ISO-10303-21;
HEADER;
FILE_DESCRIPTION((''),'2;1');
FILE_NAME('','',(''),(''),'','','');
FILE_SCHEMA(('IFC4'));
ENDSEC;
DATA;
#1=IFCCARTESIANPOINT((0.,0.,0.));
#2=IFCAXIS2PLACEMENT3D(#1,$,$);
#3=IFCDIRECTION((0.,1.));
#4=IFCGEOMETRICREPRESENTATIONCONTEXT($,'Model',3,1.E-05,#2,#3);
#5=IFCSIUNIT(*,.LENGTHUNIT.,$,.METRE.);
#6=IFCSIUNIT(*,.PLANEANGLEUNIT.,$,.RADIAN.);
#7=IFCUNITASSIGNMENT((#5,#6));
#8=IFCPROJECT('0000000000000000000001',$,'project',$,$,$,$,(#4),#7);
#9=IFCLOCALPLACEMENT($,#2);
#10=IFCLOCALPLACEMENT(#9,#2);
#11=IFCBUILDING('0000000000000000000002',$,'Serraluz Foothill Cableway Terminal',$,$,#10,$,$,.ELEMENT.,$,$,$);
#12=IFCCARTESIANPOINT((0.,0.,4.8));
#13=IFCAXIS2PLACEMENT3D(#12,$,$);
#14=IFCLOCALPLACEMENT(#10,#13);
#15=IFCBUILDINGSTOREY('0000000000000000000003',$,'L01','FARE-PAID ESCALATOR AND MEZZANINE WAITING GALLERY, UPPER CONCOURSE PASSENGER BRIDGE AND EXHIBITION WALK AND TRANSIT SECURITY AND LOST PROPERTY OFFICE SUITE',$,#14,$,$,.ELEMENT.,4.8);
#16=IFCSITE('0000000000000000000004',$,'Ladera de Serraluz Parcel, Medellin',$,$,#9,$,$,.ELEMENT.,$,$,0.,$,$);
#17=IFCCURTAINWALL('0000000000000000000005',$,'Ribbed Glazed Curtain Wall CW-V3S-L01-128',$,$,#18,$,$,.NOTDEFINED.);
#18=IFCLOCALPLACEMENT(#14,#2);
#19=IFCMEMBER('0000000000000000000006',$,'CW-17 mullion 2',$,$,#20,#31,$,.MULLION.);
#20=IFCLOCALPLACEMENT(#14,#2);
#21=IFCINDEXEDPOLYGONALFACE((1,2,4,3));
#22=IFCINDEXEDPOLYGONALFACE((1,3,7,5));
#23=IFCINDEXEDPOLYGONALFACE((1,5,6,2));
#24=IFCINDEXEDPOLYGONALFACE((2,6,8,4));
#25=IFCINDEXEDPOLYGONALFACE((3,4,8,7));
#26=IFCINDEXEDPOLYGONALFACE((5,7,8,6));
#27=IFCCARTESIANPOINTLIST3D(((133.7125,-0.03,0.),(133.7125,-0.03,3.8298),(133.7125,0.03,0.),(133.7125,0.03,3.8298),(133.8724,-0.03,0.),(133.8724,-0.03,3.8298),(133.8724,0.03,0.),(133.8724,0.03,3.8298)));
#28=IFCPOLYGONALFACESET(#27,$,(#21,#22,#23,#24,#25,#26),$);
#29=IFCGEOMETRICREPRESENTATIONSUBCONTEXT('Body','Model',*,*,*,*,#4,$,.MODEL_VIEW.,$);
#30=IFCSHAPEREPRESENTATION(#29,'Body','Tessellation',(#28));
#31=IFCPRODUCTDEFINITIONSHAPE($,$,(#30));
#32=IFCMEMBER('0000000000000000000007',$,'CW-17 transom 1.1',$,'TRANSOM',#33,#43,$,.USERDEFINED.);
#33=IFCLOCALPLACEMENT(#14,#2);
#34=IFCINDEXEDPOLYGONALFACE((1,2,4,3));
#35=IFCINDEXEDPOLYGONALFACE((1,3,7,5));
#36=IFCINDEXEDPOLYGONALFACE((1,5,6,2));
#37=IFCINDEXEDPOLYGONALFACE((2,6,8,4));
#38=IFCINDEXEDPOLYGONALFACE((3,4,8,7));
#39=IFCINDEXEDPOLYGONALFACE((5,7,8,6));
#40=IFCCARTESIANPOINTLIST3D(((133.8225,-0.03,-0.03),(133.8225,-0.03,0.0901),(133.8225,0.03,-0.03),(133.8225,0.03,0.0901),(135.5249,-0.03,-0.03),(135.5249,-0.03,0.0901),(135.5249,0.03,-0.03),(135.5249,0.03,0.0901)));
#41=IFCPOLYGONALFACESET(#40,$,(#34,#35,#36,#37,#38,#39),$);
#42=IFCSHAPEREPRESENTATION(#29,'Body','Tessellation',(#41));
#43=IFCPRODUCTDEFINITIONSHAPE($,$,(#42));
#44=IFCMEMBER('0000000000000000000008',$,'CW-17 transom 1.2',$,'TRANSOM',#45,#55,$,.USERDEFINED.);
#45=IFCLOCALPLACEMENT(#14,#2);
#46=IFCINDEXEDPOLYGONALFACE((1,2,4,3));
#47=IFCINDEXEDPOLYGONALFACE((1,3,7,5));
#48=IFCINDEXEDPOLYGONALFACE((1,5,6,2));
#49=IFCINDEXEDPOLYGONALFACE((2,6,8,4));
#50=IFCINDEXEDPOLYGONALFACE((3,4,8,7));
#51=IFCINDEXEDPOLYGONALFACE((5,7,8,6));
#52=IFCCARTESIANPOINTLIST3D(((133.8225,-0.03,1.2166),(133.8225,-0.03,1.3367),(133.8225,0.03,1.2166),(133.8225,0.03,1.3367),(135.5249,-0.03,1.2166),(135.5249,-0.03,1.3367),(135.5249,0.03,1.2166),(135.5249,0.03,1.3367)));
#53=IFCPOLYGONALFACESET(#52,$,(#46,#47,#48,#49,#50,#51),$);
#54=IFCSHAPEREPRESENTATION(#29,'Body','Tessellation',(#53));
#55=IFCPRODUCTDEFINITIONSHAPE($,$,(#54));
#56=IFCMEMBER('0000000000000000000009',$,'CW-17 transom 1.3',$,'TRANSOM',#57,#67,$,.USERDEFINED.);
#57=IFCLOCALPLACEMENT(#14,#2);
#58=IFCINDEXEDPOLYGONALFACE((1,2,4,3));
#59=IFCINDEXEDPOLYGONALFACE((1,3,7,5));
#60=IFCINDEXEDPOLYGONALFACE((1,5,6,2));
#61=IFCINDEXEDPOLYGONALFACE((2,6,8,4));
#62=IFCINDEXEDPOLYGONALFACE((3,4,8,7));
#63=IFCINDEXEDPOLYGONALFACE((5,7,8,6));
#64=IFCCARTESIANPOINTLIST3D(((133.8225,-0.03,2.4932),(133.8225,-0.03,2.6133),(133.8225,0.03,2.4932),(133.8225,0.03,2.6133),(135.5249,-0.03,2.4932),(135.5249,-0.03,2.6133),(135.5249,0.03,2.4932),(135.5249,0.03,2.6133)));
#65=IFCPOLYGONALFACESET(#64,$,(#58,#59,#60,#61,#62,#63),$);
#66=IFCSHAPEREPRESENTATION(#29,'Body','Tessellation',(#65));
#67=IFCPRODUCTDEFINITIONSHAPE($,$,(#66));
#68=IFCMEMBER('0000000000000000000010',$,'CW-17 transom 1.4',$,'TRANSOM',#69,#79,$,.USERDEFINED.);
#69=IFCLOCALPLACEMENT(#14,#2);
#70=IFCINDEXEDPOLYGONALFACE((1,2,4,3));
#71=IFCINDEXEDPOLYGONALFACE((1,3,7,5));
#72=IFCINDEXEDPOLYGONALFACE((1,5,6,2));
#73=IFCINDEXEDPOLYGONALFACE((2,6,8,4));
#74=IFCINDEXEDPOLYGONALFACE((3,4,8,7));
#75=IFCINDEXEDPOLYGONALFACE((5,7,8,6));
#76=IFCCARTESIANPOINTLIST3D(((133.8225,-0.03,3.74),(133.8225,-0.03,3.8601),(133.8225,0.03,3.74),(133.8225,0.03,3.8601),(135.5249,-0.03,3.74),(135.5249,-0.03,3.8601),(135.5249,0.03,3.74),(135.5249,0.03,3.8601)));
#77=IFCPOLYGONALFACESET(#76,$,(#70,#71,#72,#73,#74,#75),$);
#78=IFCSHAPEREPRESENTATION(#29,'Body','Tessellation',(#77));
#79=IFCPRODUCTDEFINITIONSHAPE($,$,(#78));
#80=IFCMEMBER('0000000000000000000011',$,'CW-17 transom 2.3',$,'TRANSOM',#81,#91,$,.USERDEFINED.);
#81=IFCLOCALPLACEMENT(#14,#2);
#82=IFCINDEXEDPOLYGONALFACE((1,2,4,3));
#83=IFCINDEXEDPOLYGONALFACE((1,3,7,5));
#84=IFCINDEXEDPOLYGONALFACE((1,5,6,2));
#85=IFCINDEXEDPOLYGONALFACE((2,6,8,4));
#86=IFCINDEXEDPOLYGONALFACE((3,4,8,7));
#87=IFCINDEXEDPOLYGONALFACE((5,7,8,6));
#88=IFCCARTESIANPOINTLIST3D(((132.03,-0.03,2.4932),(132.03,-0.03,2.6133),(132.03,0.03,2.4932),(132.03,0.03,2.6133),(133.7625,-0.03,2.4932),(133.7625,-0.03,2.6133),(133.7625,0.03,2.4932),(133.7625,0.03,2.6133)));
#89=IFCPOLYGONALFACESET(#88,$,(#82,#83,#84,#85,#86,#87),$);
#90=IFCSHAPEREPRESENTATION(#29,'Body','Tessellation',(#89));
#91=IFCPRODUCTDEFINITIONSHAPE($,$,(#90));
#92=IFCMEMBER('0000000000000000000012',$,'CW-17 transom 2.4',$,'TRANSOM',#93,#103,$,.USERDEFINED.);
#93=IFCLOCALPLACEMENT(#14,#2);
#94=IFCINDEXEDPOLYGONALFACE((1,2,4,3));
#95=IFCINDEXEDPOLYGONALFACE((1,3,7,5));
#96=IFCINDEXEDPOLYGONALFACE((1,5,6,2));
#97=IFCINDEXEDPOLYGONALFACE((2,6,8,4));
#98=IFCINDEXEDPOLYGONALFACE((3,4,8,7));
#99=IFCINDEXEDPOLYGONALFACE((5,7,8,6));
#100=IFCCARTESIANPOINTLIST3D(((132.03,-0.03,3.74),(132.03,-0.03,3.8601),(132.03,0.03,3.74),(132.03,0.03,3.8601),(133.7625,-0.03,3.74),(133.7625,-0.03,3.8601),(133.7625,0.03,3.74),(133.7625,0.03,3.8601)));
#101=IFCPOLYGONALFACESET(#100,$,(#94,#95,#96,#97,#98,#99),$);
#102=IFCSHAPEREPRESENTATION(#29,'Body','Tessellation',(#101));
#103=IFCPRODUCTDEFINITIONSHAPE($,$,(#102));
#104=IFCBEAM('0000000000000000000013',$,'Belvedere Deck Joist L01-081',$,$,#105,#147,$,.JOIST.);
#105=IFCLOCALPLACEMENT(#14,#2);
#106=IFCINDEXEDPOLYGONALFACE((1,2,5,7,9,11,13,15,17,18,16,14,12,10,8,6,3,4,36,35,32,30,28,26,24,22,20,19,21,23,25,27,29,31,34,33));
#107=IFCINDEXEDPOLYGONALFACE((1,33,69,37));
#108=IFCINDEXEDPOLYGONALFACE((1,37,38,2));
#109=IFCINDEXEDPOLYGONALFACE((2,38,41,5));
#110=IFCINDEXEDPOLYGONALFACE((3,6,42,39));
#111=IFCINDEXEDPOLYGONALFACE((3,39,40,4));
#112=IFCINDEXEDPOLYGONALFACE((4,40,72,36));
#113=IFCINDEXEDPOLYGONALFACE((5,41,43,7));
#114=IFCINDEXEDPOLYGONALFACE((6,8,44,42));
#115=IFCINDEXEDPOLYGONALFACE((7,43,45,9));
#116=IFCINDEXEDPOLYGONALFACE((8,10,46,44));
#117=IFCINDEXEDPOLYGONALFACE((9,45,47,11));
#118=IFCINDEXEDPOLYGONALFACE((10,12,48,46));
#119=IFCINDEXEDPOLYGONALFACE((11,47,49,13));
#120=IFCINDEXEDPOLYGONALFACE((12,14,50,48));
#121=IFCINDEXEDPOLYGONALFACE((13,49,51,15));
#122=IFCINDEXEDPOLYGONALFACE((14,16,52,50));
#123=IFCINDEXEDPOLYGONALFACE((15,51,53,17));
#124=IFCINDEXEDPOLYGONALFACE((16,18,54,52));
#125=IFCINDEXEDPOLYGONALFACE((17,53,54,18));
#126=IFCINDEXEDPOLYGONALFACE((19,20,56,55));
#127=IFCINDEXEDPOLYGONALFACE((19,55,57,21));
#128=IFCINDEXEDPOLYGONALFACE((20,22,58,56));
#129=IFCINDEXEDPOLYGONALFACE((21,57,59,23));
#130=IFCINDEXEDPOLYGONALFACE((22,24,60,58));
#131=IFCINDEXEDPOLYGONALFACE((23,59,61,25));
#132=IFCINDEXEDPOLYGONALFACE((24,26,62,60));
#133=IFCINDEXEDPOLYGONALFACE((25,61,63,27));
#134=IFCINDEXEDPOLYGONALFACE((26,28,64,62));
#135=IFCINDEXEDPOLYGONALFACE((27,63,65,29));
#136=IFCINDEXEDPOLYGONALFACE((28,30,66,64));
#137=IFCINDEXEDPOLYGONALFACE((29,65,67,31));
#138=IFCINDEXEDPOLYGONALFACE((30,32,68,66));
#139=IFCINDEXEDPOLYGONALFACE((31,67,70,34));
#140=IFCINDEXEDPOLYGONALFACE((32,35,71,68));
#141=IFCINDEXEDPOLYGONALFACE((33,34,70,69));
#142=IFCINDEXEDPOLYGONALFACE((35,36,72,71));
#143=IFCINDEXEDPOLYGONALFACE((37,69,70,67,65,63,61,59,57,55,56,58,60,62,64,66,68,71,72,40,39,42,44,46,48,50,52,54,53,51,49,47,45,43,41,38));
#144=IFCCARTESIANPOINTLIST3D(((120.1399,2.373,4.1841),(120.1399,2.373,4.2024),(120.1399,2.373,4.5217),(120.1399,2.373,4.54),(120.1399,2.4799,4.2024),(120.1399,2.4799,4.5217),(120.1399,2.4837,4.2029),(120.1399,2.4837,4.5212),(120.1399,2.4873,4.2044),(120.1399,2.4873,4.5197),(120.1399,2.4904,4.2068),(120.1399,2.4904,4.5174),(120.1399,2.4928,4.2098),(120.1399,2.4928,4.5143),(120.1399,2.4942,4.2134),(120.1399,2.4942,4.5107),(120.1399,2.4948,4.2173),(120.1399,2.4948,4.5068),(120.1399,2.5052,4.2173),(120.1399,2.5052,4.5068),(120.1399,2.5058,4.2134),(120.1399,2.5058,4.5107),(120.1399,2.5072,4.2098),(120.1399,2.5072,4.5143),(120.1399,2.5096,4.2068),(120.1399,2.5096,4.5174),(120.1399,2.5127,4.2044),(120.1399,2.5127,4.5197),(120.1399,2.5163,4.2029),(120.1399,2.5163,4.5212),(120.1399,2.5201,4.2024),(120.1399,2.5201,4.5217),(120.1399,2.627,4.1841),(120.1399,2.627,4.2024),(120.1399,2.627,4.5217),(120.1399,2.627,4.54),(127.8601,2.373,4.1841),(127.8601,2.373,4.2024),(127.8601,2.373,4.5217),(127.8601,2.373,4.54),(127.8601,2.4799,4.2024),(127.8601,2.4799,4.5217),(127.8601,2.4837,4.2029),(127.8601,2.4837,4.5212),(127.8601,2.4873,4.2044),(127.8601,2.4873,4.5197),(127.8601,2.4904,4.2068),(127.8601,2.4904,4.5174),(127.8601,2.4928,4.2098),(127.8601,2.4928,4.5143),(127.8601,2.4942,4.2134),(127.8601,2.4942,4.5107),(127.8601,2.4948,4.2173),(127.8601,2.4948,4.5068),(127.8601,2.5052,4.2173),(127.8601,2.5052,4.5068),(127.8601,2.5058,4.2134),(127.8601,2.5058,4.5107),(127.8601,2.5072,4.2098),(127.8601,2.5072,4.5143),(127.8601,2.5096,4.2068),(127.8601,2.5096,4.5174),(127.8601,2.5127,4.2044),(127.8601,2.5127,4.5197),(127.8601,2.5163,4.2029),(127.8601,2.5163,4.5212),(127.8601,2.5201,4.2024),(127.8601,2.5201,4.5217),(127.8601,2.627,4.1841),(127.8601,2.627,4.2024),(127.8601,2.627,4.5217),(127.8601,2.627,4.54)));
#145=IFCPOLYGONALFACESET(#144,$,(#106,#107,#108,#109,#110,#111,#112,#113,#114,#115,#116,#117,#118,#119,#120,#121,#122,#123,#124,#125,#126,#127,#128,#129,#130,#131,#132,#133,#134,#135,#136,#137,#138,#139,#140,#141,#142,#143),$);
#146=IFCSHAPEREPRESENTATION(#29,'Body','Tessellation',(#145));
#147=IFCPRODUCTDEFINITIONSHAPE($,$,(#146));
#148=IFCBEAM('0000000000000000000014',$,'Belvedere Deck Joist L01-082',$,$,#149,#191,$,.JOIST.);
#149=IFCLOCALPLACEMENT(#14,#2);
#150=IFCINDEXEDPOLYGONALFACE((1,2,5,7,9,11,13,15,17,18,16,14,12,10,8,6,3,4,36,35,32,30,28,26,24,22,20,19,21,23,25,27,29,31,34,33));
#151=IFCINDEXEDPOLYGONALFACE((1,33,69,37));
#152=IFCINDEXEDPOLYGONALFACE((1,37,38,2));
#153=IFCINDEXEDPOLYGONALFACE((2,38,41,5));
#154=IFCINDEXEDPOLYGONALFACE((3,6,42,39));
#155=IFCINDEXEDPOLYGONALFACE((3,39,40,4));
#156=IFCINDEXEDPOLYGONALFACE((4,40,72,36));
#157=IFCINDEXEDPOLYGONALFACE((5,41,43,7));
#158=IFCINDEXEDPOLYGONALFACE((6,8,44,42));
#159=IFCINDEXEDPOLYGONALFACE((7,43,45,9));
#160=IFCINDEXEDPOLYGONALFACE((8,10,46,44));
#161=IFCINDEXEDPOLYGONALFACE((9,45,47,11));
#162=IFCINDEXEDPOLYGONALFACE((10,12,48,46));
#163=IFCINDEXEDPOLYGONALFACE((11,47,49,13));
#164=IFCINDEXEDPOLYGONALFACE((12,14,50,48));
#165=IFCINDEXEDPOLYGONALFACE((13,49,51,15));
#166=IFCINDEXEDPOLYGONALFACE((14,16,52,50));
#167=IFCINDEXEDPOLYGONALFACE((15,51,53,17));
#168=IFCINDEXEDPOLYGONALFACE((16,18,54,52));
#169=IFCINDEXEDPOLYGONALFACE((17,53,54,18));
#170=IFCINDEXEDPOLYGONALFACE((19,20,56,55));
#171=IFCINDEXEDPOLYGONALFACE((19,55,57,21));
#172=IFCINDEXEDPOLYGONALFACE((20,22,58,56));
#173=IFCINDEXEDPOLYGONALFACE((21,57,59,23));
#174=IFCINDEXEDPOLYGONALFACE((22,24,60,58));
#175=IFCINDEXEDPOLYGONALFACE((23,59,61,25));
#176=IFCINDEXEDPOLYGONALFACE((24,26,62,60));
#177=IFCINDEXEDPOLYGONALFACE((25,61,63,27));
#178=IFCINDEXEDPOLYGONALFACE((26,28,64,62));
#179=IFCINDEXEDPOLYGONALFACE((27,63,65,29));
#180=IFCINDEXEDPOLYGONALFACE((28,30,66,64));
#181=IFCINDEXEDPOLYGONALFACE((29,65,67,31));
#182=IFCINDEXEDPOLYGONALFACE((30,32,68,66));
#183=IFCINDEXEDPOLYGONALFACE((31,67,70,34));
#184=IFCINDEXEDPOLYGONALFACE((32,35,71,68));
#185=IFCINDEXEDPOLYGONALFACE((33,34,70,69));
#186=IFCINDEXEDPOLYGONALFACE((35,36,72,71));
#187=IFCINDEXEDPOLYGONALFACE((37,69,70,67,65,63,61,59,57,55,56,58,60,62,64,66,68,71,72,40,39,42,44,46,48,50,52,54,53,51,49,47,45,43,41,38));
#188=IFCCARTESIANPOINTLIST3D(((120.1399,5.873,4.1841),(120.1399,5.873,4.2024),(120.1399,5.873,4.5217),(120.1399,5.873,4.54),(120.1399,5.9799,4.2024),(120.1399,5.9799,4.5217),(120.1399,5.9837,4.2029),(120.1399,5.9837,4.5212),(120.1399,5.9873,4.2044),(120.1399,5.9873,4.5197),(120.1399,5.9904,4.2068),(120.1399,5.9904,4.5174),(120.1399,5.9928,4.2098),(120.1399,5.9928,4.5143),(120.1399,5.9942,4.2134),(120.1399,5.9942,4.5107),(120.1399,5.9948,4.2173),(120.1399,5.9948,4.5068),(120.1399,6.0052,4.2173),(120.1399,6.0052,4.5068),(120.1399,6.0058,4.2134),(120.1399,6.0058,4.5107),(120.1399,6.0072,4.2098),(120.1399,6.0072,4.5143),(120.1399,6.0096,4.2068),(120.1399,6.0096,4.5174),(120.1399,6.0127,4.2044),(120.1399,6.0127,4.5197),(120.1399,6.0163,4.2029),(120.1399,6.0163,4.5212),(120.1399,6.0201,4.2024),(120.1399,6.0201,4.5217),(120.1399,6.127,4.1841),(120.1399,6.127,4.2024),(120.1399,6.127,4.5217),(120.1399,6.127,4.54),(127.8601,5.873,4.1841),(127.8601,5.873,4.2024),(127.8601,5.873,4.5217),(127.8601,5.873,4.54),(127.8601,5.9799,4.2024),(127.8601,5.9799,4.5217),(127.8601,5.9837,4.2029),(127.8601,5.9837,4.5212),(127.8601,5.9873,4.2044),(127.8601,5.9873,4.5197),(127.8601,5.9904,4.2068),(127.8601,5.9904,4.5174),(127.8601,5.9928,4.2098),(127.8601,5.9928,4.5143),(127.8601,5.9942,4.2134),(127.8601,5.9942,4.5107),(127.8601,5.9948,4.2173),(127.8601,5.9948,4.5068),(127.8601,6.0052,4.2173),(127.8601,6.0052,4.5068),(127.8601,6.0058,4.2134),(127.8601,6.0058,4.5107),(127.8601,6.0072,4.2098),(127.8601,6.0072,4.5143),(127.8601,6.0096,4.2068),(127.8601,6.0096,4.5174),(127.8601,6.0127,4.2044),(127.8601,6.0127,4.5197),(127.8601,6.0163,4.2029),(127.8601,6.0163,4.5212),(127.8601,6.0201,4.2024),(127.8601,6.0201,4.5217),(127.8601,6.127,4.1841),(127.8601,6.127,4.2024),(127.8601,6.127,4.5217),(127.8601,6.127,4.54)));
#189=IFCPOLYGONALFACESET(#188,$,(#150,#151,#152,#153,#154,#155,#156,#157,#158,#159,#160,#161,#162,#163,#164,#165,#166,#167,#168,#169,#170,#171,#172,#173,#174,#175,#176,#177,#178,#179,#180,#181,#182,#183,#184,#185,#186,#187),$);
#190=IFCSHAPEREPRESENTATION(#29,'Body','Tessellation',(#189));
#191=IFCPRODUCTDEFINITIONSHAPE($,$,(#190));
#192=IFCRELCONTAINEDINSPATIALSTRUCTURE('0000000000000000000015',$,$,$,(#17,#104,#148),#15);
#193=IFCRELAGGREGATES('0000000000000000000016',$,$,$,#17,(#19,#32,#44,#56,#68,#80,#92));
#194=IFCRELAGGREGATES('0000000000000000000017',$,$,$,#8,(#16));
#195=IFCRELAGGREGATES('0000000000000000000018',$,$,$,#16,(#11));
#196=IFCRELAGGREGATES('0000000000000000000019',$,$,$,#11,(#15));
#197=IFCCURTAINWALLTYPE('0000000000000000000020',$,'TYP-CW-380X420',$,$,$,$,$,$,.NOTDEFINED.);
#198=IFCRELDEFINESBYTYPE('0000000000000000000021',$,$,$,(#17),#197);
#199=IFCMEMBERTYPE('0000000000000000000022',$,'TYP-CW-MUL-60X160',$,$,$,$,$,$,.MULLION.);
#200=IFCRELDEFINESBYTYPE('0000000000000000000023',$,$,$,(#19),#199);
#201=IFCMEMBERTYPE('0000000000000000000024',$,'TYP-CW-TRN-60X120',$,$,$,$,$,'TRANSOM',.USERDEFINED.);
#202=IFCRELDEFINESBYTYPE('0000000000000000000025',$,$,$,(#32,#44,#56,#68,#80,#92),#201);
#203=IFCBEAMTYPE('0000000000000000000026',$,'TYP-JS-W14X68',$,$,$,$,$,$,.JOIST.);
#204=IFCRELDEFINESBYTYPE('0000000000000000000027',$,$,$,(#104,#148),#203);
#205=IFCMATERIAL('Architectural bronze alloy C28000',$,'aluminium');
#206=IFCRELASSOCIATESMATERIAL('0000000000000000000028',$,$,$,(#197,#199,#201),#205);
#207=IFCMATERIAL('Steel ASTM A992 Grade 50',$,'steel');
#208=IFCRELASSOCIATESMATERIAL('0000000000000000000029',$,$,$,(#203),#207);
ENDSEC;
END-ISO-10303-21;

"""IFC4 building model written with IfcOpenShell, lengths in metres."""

from ifc_helpers import new_model, si_unit, direction, frame, origin, origin_2d, place, context, subcontext, project, spatial, rectangle, i_section, extrude, material, material_profile, profile_set, type_object, element, aggregate, save


model = new_model("IFC4")

# Units and contexts
model_context = context("Model", 3, precision=1e-05, world=origin(), true_north=direction((0.0, 1.0)))
body_context = subcontext(model_context, "Body", "Model", "MODEL_VIEW")
ifc_project = project(units=[si_unit("LENGTHUNIT", "METRE"), si_unit("PLANEANGLEUNIT", "RADIAN")], contexts=[model_context])

# Site, building, storey
site_placement = place(None, origin())
site = spatial("IfcSite", under=ifc_project, at=site_placement, Name="Ladera de Serraluz Parcel, Medellin", CompositionType="ELEMENT", RefElevation=0.0)
building_placement = place(site_placement, origin())
building = spatial("IfcBuilding", under=site, at=building_placement, Name="Serraluz Foothill Cableway Terminal", CompositionType="ELEMENT")
storey_placement = place(building_placement, frame((0.0, 0.0, 4.8)))
storey = spatial("IfcBuildingStorey", under=building, at=storey_placement, Name="L01", Description="FARE-PAID ESCALATOR AND MEZZANINE WAITING GALLERY, UPPER CONCOURSE PASSENGER BRIDGE AND EXHIBITION WALK AND TRANSIT SECURITY AND LOST PROPERTY OFFICE SUITE", CompositionType="ELEMENT", Elevation=4.8)

# Shared definitions
ifc_material_1 = material(Name="Steel ASTM A992 Grade 50", Category="steel")

# Curtain wall, members
ifc_material_2 = material(Name="Architectural bronze alloy C28000", Category="aluminium")
curtain_wall_type = type_object("IfcCurtainWallType", Name="TYP-CW-380X420", PredefinedType="NOTDEFINED", material=ifc_material_2)
curtain_wall_placement = place(storey_placement, origin())
curtain_wall = element("IfcCurtainWall", 1, at=curtain_wall_placement, inside=storey, type_object=curtain_wall_type, Name="Ribbed Glazed Curtain Wall CW-V3S-L01-128", PredefinedType="NOTDEFINED")
ifc_material_profile_1 = material_profile(ifc_material_2, rectangle(XDim=0.0601, YDim=0.1599, at=origin_2d()), Name="ALU MULLION 60x160")
ifc_profile_set_1 = profile_set([ifc_material_profile_1], Name="Architectural bronze alloy C28000")
member_type_1 = type_object("IfcMemberType", Name="TYP-CW-MUL-60X160", PredefinedType="MULLION", material=ifc_profile_set_1)
member_1_placement = place(storey_placement, frame((133.7925, 0.0, 0.0), z_axis=(0.0, 0.0, 1.0), x_axis=(0.0, -1.0, 0.0)))
member_1 = element("IfcMember", 2, at=member_1_placement, type_object=member_type_1, Name="CW-17 mullion 2", PredefinedType="MULLION", context=body_context, shape_type="SweptSolid", body=[
    extrude(rectangle(XDim=0.0601, YDim=0.1599, at=origin_2d()), origin(), (0.0, 0.0, 1.0), 3.8298),
])
ifc_material_profile_2 = material_profile(ifc_material_2, rectangle(XDim=0.0601, YDim=0.1201, at=origin_2d()), Name="ALU TRANSOM 60x120")
ifc_profile_set_2 = profile_set([ifc_material_profile_2], Name="Architectural bronze alloy C28000")
member_type_2 = type_object("IfcMemberType", Name="TYP-CW-TRN-60X120", ElementType="TRANSOM", PredefinedType="USERDEFINED", material=ifc_profile_set_2)
member_2_placement = place(storey_placement, frame((135.5249, 0.0, 0.03), z_axis=(-1.0, 0.0, 0.0), x_axis=(0.0, -1.0, 0.0)))
member_2 = element("IfcMember", 3, at=member_2_placement, type_object=member_type_2, Name="CW-17 transom 1.1", ObjectType="TRANSOM", PredefinedType="USERDEFINED", context=body_context, shape_type="SweptSolid", body=[
    extrude(rectangle(XDim=0.0601, YDim=0.1201, at=origin_2d()), origin(), (0.0, 0.0, 1.0), 1.7024),
])
member_3_placement = place(storey_placement, frame((135.5249, 0.0, 1.2766), z_axis=(-1.0, 0.0, 0.0), x_axis=(0.0, -1.0, 0.0)))
member_3 = element("IfcMember", 4, at=member_3_placement, type_object=member_type_2, Name="CW-17 transom 1.2", ObjectType="TRANSOM", PredefinedType="USERDEFINED", context=body_context, shape_type="SweptSolid", body=[
    extrude(rectangle(XDim=0.0601, YDim=0.1201, at=origin_2d()), origin(), (0.0, 0.0, 1.0), 1.7024),
])
member_4_placement = place(storey_placement, frame((135.5249, 0.0, 2.5532), z_axis=(-1.0, 0.0, 0.0), x_axis=(0.0, -1.0, 0.0)))
member_4 = element("IfcMember", 5, at=member_4_placement, type_object=member_type_2, Name="CW-17 transom 1.3", ObjectType="TRANSOM", PredefinedType="USERDEFINED", context=body_context, shape_type="SweptSolid", body=[
    extrude(rectangle(XDim=0.0601, YDim=0.1201, at=origin_2d()), origin(), (0.0, 0.0, 1.0), 1.7024),
])
member_5_placement = place(storey_placement, frame((135.5249, 0.0, 3.8), z_axis=(-1.0, 0.0, 0.0), x_axis=(0.0, -1.0, 0.0)))
member_5 = element("IfcMember", 6, at=member_5_placement, type_object=member_type_2, Name="CW-17 transom 1.4", ObjectType="TRANSOM", PredefinedType="USERDEFINED", context=body_context, shape_type="SweptSolid", body=[
    extrude(rectangle(XDim=0.0601, YDim=0.1201, at=origin_2d()), origin(), (0.0, 0.0, 1.0), 1.7024),
])
member_6_placement = place(storey_placement, frame((133.7625, 0.0, 2.5532), z_axis=(-1.0, 0.0, 0.0), x_axis=(0.0, -1.0, 0.0)))
member_6 = element("IfcMember", 7, at=member_6_placement, type_object=member_type_2, Name="CW-17 transom 2.3", ObjectType="TRANSOM", PredefinedType="USERDEFINED", context=body_context, shape_type="SweptSolid", body=[
    extrude(rectangle(XDim=0.0601, YDim=0.1201, at=origin_2d()), origin(), (0.0, 0.0, 1.0), 1.7324),
])
member_7_placement = place(storey_placement, frame((133.7625, 0.0, 3.8), z_axis=(-1.0, 0.0, 0.0), x_axis=(0.0, -1.0, 0.0)))
member_7 = element("IfcMember", 8, at=member_7_placement, type_object=member_type_2, Name="CW-17 transom 2.4", ObjectType="TRANSOM", PredefinedType="USERDEFINED", context=body_context, shape_type="SweptSolid", body=[
    extrude(rectangle(XDim=0.0601, YDim=0.1201, at=origin_2d()), origin(), (0.0, 0.0, 1.0), 1.7324),
])

# Beams
ifc_material_profile_3 = material_profile(ifc_material_1, i_section(OverallWidth=0.2539, OverallDepth=0.356, WebThickness=0.0105, FlangeThickness=0.0183, FilletRadius=0.0149, at=origin_2d()), Name="W14X68")
ifc_profile_set_3 = profile_set([ifc_material_profile_3], Name="Steel ASTM A992 Grade 50")
beam_type_1 = type_object("IfcBeamType", Name="TYP-JS-W14X68", PredefinedType="JOIST", material=ifc_profile_set_3)
for number, where, z_axis, x_axis, name in (
    (9, (120.1399, 2.5, 4.3621), (1.0, 0.0, 0.0), (0.0, 1.0, 0.0), "Belvedere Deck Joist L01-081"),
    (10, (120.1399, 6.0, 4.3621), (1.0, 0.0, 0.0), (0.0, 1.0, 0.0), "Belvedere Deck Joist L01-082"),
):
    element("IfcBeam", number, at=place(storey_placement, frame(where, z_axis=z_axis, x_axis=x_axis)), inside=storey, type_object=beam_type_1, Name=name, PredefinedType="JOIST", context=body_context, shape_type="SweptSolid", body=[
        extrude(i_section(OverallWidth=0.2539, OverallDepth=0.356, WebThickness=0.0105, FlangeThickness=0.0183, FilletRadius=0.0149, at=origin_2d()), origin(), (0.0, 0.0, 1.0), 7.7202),
    ])

aggregate(curtain_wall, [member_1, member_2, member_3, member_4, member_5, member_6, member_7])

save(model, "model.ifc")
